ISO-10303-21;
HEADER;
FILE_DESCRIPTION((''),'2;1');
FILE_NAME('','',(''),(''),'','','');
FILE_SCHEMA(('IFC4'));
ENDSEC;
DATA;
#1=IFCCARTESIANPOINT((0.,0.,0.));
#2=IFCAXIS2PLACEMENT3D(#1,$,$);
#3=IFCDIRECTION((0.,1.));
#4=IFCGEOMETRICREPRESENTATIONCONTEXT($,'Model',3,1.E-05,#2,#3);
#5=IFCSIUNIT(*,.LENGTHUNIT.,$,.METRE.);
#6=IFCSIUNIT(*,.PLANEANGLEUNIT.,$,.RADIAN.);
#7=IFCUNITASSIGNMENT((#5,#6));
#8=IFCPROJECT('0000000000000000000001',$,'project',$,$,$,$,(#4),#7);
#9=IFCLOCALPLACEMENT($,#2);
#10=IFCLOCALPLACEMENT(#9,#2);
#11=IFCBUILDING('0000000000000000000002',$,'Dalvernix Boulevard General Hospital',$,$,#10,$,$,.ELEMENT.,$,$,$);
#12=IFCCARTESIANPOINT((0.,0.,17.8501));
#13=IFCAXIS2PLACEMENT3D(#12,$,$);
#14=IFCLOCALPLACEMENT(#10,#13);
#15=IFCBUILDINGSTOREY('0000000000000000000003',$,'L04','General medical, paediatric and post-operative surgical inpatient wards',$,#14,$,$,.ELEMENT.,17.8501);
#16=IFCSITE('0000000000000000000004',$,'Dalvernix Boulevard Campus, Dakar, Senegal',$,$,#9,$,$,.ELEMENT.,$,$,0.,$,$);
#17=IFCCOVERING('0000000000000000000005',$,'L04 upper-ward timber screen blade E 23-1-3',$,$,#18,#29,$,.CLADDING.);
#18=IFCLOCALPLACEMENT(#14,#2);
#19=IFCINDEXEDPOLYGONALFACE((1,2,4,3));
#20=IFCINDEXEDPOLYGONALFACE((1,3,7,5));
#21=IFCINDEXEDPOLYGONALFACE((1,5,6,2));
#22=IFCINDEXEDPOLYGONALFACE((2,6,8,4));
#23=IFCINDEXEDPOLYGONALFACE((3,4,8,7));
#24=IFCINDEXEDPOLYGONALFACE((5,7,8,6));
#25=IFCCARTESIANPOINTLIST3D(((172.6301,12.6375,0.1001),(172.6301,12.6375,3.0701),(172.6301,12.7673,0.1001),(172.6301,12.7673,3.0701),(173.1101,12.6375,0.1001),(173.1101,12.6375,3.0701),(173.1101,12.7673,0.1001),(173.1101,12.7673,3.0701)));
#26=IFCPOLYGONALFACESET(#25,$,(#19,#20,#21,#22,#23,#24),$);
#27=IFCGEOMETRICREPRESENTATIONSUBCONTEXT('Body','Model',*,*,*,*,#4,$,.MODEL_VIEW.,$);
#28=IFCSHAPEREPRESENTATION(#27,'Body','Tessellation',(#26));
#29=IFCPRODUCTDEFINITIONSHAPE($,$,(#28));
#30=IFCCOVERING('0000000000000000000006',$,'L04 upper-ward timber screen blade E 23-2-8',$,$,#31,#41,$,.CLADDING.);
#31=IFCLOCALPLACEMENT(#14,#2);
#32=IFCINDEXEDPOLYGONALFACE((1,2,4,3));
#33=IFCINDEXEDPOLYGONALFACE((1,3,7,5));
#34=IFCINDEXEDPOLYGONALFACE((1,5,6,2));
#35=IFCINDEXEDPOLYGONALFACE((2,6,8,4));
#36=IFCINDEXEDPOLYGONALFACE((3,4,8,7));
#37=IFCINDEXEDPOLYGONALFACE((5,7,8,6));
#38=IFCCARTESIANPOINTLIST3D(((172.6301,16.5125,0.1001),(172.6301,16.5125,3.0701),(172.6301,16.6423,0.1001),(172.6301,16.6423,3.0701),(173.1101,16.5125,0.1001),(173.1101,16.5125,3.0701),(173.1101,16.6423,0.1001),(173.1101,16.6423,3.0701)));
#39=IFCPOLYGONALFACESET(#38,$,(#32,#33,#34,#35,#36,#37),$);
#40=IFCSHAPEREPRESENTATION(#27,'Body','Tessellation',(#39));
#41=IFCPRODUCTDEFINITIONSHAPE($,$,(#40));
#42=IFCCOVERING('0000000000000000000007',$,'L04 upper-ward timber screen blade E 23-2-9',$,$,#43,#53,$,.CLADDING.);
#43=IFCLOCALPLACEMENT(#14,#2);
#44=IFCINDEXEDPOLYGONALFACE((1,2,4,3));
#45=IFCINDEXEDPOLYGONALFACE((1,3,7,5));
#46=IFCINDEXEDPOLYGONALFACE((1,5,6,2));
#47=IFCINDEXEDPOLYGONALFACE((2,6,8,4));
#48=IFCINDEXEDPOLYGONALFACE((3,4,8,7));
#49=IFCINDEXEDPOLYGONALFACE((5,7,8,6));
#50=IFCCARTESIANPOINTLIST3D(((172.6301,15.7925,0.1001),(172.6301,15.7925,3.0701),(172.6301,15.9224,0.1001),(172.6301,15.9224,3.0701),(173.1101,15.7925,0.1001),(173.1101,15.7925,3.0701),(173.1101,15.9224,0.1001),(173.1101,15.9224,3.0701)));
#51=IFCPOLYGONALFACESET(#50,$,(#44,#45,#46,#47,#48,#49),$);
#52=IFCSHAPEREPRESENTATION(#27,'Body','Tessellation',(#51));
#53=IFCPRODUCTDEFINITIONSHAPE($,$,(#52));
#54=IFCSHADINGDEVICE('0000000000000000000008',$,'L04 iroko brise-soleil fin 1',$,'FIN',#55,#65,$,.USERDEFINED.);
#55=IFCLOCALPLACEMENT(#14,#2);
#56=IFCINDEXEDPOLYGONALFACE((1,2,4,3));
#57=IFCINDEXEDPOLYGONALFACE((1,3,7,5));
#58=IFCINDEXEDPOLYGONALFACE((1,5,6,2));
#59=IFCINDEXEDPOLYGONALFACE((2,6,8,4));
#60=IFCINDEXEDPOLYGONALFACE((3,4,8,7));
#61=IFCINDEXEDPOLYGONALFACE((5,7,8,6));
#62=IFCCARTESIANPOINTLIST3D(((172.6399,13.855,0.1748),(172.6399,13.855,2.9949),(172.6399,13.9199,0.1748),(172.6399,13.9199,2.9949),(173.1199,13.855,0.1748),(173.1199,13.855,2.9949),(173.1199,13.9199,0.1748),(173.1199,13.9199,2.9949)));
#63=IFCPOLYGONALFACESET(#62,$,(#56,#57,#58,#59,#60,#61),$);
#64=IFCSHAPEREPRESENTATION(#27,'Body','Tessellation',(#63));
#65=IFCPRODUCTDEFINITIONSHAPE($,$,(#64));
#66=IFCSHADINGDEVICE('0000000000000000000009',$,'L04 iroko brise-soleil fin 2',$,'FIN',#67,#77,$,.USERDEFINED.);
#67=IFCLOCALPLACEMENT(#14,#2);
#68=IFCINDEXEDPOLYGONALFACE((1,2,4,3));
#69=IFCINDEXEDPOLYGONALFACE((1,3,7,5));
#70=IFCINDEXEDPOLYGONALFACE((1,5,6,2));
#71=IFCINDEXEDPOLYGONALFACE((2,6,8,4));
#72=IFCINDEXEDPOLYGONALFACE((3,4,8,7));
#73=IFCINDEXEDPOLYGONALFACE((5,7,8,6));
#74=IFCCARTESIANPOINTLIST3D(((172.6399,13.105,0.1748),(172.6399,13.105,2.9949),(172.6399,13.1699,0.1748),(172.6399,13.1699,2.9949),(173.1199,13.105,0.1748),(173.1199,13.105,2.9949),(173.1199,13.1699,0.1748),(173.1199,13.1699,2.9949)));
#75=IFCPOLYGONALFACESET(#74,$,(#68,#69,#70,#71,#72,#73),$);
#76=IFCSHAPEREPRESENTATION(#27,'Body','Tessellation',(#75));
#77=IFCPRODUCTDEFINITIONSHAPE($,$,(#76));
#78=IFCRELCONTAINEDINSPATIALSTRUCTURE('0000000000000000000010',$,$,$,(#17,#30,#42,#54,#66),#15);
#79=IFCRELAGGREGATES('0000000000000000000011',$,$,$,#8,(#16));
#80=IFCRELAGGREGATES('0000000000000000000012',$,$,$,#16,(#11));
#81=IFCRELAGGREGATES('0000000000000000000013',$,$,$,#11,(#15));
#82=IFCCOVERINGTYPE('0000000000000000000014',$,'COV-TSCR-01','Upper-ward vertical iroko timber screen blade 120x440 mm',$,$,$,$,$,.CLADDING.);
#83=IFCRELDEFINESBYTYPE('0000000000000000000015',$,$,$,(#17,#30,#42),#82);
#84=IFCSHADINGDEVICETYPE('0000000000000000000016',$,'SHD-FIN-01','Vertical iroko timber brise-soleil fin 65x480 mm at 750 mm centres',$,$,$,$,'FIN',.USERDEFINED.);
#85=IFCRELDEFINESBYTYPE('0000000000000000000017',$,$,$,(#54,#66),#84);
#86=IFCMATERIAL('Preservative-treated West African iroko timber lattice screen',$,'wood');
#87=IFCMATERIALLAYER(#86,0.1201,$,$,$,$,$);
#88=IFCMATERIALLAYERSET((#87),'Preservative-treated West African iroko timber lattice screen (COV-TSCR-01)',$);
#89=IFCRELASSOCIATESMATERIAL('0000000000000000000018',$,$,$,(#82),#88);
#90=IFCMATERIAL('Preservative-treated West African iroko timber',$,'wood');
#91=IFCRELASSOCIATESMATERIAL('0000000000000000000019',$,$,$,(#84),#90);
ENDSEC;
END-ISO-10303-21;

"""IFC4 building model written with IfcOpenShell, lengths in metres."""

from ifc_helpers import new_model, si_unit, direction, frame, origin, origin_2d, place, context, subcontext, project, spatial, rectangle, extrude, material, layer, layer_set, type_object, element, save


model = new_model("IFC4")

# Units and contexts
model_context = context("Model", 3, precision=1e-05, world=origin(), true_north=direction((0.0, 1.0)))
body_context = subcontext(model_context, "Body", "Model", "MODEL_VIEW")
ifc_project = project(units=[si_unit("LENGTHUNIT", "METRE"), si_unit("PLANEANGLEUNIT", "RADIAN")], contexts=[model_context])

# Site, building, storey
site_placement = place(None, origin())
site = spatial("IfcSite", under=ifc_project, at=site_placement, Name="Dalvernix Boulevard Campus, Dakar, Senegal", CompositionType="ELEMENT", RefElevation=0.0)
building_placement = place(site_placement, origin())
building = spatial("IfcBuilding", under=site, at=building_placement, Name="Dalvernix Boulevard General Hospital", CompositionType="ELEMENT")
storey_placement = place(building_placement, frame((0.0, 0.0, 17.8501)))
storey = spatial("IfcBuildingStorey", under=building, at=storey_placement, Name="L04", Description="General medical, paediatric and post-operative surgical inpatient wards", CompositionType="ELEMENT", Elevation=17.8501)

# Coverings
ifc_material_1 = material(Name="Preservative-treated West African iroko timber lattice screen", Category="wood")
ifc_layer_1 = layer(ifc_material_1, 0.1201)
ifc_layer_set_1 = layer_set([ifc_layer_1], Name="Preservative-treated West African iroko timber lattice screen (COV-TSCR-01)")
covering_type = type_object("IfcCoveringType", Name="COV-TSCR-01", Description="Upper-ward vertical iroko timber screen blade 120x440 mm", PredefinedType="CLADDING", material=ifc_layer_set_1)
for number, where, z_axis, x_axis, name in (
    (1, (172.8701, 12.7024, 0.1001), (0.0, 0.0, 1.0), (0.0, -1.0, 0.0), "L04 upper-ward timber screen blade E 23-1-3"),
    (2, (172.8701, 16.5774, 0.1001), (0.0, 0.0, 1.0), (0.0, -1.0, 0.0), "L04 upper-ward timber screen blade E 23-2-8"),
    (3, (172.8701, 15.8574, 0.1001), (0.0, 0.0, 1.0), (0.0, -1.0, 0.0), "L04 upper-ward timber screen blade E 23-2-9"),
):
    element("IfcCovering", number, at=place(storey_placement, frame(where, z_axis=z_axis, x_axis=x_axis)), inside=storey, type_object=covering_type, Name=name, PredefinedType="CLADDING", context=body_context, shape_type="SweptSolid", body=[
        extrude(rectangle(XDim=0.1299, YDim=0.48, at=origin_2d()), origin(), (0.0, 0.0, 1.0), 2.97),
    ])

# Shading devices
ifc_material_2 = material(Name="Preservative-treated West African iroko timber", Category="wood")
shading_device_type = type_object("IfcShadingDeviceType", Name="SHD-FIN-01", Description="Vertical iroko timber brise-soleil fin 65x480 mm at 750 mm centres", ElementType="FIN", PredefinedType="USERDEFINED", material=ifc_material_2)
for number, where, z_axis, x_axis, name in (
    (4, (172.8799, 13.8875, 0.1748), (0.0, 0.0, 1.0), (0.0, -1.0, 0.0), "L04 iroko brise-soleil fin 1"),
    (5, (172.8799, 13.1375, 0.1748), (0.0, 0.0, 1.0), (0.0, -1.0, 0.0), "L04 iroko brise-soleil fin 2"),
):
    element("IfcShadingDevice", number, at=place(storey_placement, frame(where, z_axis=z_axis, x_axis=x_axis)), inside=storey, type_object=shading_device_type, Name=name, ObjectType="FIN", PredefinedType="USERDEFINED", context=body_context, shape_type="SweptSolid", body=[
        extrude(rectangle(XDim=0.0649, YDim=0.48, at=origin_2d()), origin(), (0.0, 0.0, 1.0), 2.8201),
    ])

save(model, "model.ifc")
